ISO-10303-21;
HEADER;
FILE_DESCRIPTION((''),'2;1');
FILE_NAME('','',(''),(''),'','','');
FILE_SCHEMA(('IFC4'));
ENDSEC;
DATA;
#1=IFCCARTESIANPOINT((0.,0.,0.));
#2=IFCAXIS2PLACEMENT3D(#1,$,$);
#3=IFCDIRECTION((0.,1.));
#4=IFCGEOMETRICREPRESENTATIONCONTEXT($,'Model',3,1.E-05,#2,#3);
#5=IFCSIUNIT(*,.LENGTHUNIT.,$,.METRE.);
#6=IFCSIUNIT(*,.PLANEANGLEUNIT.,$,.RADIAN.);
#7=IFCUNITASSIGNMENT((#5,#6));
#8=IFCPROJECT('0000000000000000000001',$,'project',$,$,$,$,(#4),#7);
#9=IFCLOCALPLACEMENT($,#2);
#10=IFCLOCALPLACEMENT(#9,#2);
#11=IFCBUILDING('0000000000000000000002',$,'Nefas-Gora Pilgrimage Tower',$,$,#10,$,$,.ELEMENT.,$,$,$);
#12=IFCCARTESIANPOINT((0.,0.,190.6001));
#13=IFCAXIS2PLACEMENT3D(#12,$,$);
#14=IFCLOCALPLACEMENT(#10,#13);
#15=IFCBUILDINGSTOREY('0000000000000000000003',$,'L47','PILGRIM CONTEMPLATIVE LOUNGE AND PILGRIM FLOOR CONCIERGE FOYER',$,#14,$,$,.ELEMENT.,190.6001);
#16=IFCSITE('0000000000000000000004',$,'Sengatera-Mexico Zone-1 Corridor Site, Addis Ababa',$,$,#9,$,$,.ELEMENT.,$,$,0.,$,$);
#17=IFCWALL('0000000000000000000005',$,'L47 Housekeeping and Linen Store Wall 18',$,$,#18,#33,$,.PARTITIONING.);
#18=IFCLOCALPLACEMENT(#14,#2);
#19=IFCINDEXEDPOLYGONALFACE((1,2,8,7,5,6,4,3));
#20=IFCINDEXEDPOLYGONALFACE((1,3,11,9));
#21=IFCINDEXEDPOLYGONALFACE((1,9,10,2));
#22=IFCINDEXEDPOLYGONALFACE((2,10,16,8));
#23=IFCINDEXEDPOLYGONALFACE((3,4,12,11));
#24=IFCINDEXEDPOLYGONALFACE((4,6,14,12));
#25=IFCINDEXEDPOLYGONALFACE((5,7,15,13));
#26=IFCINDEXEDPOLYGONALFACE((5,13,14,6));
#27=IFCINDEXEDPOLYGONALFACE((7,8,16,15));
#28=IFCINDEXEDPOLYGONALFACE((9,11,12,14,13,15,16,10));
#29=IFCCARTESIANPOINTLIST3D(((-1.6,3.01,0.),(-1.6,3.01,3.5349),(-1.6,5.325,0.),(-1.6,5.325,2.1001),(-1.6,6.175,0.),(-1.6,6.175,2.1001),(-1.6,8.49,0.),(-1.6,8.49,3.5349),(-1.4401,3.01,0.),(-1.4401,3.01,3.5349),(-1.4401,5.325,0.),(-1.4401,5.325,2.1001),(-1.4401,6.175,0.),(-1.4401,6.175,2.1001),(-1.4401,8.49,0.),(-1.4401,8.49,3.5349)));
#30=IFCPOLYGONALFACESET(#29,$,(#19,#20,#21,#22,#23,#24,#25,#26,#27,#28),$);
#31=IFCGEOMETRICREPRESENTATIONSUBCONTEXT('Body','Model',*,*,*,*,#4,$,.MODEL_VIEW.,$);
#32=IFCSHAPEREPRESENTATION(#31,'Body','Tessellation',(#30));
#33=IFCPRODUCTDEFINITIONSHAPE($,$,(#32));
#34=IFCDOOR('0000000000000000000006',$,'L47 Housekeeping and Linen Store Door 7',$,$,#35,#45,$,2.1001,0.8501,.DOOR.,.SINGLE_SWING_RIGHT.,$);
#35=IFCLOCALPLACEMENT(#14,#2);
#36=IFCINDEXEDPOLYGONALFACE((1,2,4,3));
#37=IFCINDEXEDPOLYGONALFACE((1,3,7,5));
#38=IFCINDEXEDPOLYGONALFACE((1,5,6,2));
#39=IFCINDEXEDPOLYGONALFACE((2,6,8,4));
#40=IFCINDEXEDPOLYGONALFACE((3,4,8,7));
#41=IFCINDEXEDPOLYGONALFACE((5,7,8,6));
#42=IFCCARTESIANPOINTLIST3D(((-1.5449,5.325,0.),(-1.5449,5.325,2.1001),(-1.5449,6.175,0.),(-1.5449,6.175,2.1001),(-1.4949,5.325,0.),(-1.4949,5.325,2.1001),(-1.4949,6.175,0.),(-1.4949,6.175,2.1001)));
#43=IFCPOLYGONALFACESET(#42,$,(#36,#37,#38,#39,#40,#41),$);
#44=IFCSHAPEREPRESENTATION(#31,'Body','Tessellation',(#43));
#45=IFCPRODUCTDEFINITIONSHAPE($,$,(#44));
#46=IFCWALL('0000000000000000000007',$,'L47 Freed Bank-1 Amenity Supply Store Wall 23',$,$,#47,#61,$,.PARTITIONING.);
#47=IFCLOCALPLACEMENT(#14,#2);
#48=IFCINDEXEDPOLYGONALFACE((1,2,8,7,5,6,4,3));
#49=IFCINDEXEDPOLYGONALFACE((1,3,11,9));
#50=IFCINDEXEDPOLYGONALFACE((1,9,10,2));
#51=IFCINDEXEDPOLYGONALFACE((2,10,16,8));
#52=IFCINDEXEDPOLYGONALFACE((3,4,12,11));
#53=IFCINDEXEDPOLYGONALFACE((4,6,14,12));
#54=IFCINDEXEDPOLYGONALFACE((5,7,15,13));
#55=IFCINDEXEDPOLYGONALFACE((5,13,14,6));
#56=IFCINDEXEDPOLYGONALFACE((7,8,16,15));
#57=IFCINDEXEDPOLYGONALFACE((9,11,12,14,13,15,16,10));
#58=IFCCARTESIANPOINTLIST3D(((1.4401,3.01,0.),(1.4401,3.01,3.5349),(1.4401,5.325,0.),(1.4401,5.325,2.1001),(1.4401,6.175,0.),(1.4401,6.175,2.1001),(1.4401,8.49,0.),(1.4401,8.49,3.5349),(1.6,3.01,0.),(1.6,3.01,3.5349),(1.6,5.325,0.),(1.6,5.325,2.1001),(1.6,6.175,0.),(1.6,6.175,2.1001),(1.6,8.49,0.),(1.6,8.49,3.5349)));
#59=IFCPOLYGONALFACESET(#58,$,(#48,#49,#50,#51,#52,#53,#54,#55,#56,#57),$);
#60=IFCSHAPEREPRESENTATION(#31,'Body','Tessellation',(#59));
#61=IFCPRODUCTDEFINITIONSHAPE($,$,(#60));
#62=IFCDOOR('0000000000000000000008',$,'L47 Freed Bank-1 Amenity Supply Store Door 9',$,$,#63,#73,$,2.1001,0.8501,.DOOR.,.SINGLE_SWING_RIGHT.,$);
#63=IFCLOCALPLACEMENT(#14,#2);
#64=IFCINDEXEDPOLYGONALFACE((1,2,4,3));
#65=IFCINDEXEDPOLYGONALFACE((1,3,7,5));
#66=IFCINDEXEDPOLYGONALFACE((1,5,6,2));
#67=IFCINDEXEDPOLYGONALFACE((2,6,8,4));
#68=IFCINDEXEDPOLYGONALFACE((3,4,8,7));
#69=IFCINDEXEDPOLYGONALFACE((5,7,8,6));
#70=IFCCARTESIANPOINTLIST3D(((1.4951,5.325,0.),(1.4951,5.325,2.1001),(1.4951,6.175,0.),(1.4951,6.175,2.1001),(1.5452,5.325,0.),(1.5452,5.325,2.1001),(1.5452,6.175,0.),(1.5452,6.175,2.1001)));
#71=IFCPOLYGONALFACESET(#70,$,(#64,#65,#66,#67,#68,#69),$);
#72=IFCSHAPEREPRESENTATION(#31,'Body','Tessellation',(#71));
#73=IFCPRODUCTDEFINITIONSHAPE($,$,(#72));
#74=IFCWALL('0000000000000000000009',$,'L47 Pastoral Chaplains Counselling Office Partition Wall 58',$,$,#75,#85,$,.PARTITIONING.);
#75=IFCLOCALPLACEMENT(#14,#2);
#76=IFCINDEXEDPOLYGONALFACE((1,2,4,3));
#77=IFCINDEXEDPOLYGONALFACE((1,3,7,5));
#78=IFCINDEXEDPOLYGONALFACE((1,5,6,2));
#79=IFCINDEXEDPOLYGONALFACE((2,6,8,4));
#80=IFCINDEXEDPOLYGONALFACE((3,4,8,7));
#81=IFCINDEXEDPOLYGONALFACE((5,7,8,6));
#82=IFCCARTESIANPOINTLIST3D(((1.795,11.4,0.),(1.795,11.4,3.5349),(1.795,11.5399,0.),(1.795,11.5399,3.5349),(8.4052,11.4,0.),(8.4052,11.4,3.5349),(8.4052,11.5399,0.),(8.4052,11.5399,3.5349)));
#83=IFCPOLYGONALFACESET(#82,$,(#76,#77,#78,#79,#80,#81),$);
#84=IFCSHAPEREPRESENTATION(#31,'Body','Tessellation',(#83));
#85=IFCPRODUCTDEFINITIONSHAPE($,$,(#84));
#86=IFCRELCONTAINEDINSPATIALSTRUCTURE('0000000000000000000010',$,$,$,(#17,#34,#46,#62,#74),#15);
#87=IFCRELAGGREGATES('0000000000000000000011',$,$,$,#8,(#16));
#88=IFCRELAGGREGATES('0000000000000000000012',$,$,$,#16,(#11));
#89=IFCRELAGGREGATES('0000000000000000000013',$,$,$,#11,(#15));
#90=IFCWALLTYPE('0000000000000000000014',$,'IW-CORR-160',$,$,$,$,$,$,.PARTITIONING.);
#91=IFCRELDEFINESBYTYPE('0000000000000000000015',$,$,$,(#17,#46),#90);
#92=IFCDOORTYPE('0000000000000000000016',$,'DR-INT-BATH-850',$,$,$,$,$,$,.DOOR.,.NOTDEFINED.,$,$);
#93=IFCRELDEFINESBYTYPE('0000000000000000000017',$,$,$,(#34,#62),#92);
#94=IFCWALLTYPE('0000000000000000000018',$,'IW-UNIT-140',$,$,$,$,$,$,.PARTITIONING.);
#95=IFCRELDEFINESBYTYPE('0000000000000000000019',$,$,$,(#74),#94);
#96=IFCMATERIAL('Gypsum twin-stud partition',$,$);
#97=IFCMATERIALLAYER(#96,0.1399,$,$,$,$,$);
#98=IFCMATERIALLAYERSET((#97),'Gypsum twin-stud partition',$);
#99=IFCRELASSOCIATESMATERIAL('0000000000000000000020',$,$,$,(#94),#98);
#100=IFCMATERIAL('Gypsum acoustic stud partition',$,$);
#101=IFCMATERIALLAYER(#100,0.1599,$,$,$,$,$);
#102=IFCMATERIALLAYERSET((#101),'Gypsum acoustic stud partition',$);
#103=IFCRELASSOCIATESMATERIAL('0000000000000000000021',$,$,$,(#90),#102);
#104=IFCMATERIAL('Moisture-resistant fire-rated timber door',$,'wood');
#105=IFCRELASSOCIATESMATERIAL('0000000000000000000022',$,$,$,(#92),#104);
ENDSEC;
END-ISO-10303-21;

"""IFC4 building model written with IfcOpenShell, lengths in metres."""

from ifc_helpers import new_model, si_unit, direction, frame, frame_2d, origin, place, context, subcontext, project, spatial, rectangle, extrude, source, transform, mapped, material, layer, layer_set, type_object, element, fill, save


model = new_model("IFC4")

# Units and contexts
model_context = context("Model", 3, precision=1e-05, world=origin(), true_north=direction((0.0, 1.0)))
body_context = subcontext(model_context, "Body", "Model", "MODEL_VIEW")
ifc_project = project(units=[si_unit("LENGTHUNIT", "METRE"), si_unit("PLANEANGLEUNIT", "RADIAN")], contexts=[model_context])

# Site, building, storey
site_placement = place(None, origin())
site = spatial("IfcSite", under=ifc_project, at=site_placement, Name="Sengatera-Mexico Zone-1 Corridor Site, Addis Ababa", CompositionType="ELEMENT", RefElevation=0.0)
building_placement = place(site_placement, origin())
building = spatial("IfcBuilding", under=site, at=building_placement, Name="Nefas-Gora Pilgrimage Tower", CompositionType="ELEMENT")
storey_placement = place(building_placement, frame((0.0, 0.0, 190.6001)))
storey = spatial("IfcBuildingStorey", under=building, at=storey_placement, Name="L47", Description="PILGRIM CONTEMPLATIVE LOUNGE AND PILGRIM FLOOR CONCIERGE FOYER", CompositionType="ELEMENT", Elevation=190.6001)

# Shared definitions
ifc_material_1 = material(Name="Gypsum twin-stud partition")
ifc_layer_1 = layer(ifc_material_1, 0.1399)
ifc_layer_set_1 = layer_set([ifc_layer_1], Name="Gypsum twin-stud partition")
wall_type_1 = type_object("IfcWallType", Name="IW-UNIT-140", PredefinedType="PARTITIONING", material=ifc_layer_set_1)

# Shared definitions
ifc_material_2 = material(Name="Gypsum acoustic stud partition")
ifc_layer_2 = layer(ifc_material_2, 0.1599)
ifc_layer_set_2 = layer_set([ifc_layer_2], Name="Gypsum acoustic stud partition")
wall_type_2 = type_object("IfcWallType", Name="IW-CORR-160", PredefinedType="PARTITIONING", material=ifc_layer_set_2)

# Walls, openings, doors
shared_shape_1 = source(origin(), body_context, "Body", "SweptSolid", [
    extrude(rectangle(XDim=5.48, YDim=0.1599, at=frame_2d((2.74, 0.0))), origin(), (0.0, 0.0, 1.0), 3.5349),
])
wall_1_placement = place(storey_placement, frame((-1.52, 3.01, 0.0), z_axis=(0.0, 0.0, 1.0), x_axis=(0.0, 1.0, 0.0)))
wall_1 = element("IfcWall", 1, at=wall_1_placement, inside=storey, type_object=wall_type_2, Name="L47 Housekeeping and Linen Store Wall 18", PredefinedType="PARTITIONING", context=body_context, shape_type="MappedRepresentation", body=[
    mapped(shared_shape_1, transform((0.0, 0.0, 0.0), x_axis=(1.0, 0.0, 0.0), y_axis=(0.0, 1.0, 0.0), z_axis=(0.0, 0.0, 1.0), scale=1.0)),
])
opening_1_placement = place(wall_1_placement, frame((2.3149, 0.0, 0.0)))
opening_1 = element("IfcOpeningElement", 2, at=opening_1_placement, cuts=wall_1, PredefinedType="OPENING", context=body_context, shape_type="SweptSolid", body=[
    extrude(rectangle(XDim=0.8501, YDim=2.1001, at=frame_2d((0.425, 1.05))), frame((0.0, 0.0898, 0.0), z_axis=(0.0, -1.0, 0.0), x_axis=(1.0, 0.0, 0.0)), (0.0, 0.0, 1.0), 0.1799),
])
ifc_material_3 = material(Name="Moisture-resistant fire-rated timber door", Category="wood")
door_type_1 = type_object("IfcDoorType", Name="DR-INT-BATH-850", OperationType="NOTDEFINED", PredefinedType="DOOR", material=ifc_material_3)
shared_shape_2 = source(origin(), body_context, "Body", "SweptSolid", [
    extrude(rectangle(XDim=0.8501, YDim=2.1001, at=frame_2d((0.425, 1.05))), frame((0.0, 0.0249, 0.0), z_axis=(0.0, -1.0, 0.0), x_axis=(1.0, 0.0, 0.0)), (0.0, 0.0, 1.0), 0.05),
])
door_1_placement = place(opening_1_placement, origin())
door_1 = element("IfcDoor", 3, at=door_1_placement, inside=storey, type_object=door_type_1, Name="L47 Housekeeping and Linen Store Door 7", OperationType="SINGLE_SWING_RIGHT", OverallHeight=2.1001, OverallWidth=0.8501, PredefinedType="DOOR", context=body_context, shape_type="MappedRepresentation", body=[
    mapped(shared_shape_2, transform((0.0, 0.0, 0.0), x_axis=(1.0, 0.0, 0.0), y_axis=(0.0, 1.0, 0.0), z_axis=(0.0, 0.0, 1.0), scale=1.0)),
])
fill(opening_1, door_1)
wall_2_placement = place(storey_placement, frame((1.52, 3.01, 0.0), z_axis=(0.0, 0.0, 1.0), x_axis=(0.0, 1.0, 0.0)))
wall_2 = element("IfcWall", 4, at=wall_2_placement, inside=storey, type_object=wall_type_2, Name="L47 Freed Bank-1 Amenity Supply Store Wall 23", PredefinedType="PARTITIONING", context=body_context, shape_type="MappedRepresentation", body=[
    mapped(shared_shape_1, transform((0.0, 0.0, 0.0), x_axis=(1.0, 0.0, 0.0), y_axis=(0.0, 1.0, 0.0), z_axis=(0.0, 0.0, 1.0), scale=1.0)),
])
opening_2_placement = place(wall_2_placement, frame((2.3149, 0.0, 0.0)))
opening_2 = element("IfcOpeningElement", 5, at=opening_2_placement, cuts=wall_2, PredefinedType="OPENING", context=body_context, shape_type="SweptSolid", body=[
    extrude(rectangle(XDim=0.8501, YDim=2.1001, at=frame_2d((0.425, 1.05))), frame((0.0, 0.0898, 0.0), z_axis=(0.0, -1.0, 0.0), x_axis=(1.0, 0.0, 0.0)), (0.0, 0.0, 1.0), 0.1799),
])
door_2_placement = place(opening_2_placement, origin())
door_2 = element("IfcDoor", 6, at=door_2_placement, inside=storey, type_object=door_type_1, Name="L47 Freed Bank-1 Amenity Supply Store Door 9", OperationType="SINGLE_SWING_RIGHT", OverallHeight=2.1001, OverallWidth=0.8501, PredefinedType="DOOR", context=body_context, shape_type="MappedRepresentation", body=[
    mapped(shared_shape_2, transform((0.0, 0.0, 0.0), x_axis=(1.0, 0.0, 0.0), y_axis=(0.0, 1.0, 0.0), z_axis=(0.0, 0.0, 1.0), scale=1.0)),
])
fill(opening_2, door_2)

# Wall
shared_shape_3 = source(origin(), body_context, "Body", "SweptSolid", [
    extrude(rectangle(XDim=6.6101, YDim=0.1399, at=frame_2d((3.3052, 0.0))), origin(), (0.0, 0.0, 1.0), 3.5349),
])
wall_3_placement = place(storey_placement, frame((1.7949, 11.47, 0.0), z_axis=(0.0, 0.0, 1.0), x_axis=(1.0, 0.0, 0.0)))
element("IfcWall", 7, at=wall_3_placement, inside=storey, type_object=wall_type_1, Name="L47 Pastoral Chaplains Counselling Office Partition Wall 58", PredefinedType="PARTITIONING", context=body_context, shape_type="MappedRepresentation", body=[
    mapped(shared_shape_3, transform((0.0, 0.0, 0.0), x_axis=(1.0, 0.0, 0.0), y_axis=(0.0, 1.0, 0.0), z_axis=(0.0, 0.0, 1.0), scale=1.0)),
])

save(model, "model.ifc")
